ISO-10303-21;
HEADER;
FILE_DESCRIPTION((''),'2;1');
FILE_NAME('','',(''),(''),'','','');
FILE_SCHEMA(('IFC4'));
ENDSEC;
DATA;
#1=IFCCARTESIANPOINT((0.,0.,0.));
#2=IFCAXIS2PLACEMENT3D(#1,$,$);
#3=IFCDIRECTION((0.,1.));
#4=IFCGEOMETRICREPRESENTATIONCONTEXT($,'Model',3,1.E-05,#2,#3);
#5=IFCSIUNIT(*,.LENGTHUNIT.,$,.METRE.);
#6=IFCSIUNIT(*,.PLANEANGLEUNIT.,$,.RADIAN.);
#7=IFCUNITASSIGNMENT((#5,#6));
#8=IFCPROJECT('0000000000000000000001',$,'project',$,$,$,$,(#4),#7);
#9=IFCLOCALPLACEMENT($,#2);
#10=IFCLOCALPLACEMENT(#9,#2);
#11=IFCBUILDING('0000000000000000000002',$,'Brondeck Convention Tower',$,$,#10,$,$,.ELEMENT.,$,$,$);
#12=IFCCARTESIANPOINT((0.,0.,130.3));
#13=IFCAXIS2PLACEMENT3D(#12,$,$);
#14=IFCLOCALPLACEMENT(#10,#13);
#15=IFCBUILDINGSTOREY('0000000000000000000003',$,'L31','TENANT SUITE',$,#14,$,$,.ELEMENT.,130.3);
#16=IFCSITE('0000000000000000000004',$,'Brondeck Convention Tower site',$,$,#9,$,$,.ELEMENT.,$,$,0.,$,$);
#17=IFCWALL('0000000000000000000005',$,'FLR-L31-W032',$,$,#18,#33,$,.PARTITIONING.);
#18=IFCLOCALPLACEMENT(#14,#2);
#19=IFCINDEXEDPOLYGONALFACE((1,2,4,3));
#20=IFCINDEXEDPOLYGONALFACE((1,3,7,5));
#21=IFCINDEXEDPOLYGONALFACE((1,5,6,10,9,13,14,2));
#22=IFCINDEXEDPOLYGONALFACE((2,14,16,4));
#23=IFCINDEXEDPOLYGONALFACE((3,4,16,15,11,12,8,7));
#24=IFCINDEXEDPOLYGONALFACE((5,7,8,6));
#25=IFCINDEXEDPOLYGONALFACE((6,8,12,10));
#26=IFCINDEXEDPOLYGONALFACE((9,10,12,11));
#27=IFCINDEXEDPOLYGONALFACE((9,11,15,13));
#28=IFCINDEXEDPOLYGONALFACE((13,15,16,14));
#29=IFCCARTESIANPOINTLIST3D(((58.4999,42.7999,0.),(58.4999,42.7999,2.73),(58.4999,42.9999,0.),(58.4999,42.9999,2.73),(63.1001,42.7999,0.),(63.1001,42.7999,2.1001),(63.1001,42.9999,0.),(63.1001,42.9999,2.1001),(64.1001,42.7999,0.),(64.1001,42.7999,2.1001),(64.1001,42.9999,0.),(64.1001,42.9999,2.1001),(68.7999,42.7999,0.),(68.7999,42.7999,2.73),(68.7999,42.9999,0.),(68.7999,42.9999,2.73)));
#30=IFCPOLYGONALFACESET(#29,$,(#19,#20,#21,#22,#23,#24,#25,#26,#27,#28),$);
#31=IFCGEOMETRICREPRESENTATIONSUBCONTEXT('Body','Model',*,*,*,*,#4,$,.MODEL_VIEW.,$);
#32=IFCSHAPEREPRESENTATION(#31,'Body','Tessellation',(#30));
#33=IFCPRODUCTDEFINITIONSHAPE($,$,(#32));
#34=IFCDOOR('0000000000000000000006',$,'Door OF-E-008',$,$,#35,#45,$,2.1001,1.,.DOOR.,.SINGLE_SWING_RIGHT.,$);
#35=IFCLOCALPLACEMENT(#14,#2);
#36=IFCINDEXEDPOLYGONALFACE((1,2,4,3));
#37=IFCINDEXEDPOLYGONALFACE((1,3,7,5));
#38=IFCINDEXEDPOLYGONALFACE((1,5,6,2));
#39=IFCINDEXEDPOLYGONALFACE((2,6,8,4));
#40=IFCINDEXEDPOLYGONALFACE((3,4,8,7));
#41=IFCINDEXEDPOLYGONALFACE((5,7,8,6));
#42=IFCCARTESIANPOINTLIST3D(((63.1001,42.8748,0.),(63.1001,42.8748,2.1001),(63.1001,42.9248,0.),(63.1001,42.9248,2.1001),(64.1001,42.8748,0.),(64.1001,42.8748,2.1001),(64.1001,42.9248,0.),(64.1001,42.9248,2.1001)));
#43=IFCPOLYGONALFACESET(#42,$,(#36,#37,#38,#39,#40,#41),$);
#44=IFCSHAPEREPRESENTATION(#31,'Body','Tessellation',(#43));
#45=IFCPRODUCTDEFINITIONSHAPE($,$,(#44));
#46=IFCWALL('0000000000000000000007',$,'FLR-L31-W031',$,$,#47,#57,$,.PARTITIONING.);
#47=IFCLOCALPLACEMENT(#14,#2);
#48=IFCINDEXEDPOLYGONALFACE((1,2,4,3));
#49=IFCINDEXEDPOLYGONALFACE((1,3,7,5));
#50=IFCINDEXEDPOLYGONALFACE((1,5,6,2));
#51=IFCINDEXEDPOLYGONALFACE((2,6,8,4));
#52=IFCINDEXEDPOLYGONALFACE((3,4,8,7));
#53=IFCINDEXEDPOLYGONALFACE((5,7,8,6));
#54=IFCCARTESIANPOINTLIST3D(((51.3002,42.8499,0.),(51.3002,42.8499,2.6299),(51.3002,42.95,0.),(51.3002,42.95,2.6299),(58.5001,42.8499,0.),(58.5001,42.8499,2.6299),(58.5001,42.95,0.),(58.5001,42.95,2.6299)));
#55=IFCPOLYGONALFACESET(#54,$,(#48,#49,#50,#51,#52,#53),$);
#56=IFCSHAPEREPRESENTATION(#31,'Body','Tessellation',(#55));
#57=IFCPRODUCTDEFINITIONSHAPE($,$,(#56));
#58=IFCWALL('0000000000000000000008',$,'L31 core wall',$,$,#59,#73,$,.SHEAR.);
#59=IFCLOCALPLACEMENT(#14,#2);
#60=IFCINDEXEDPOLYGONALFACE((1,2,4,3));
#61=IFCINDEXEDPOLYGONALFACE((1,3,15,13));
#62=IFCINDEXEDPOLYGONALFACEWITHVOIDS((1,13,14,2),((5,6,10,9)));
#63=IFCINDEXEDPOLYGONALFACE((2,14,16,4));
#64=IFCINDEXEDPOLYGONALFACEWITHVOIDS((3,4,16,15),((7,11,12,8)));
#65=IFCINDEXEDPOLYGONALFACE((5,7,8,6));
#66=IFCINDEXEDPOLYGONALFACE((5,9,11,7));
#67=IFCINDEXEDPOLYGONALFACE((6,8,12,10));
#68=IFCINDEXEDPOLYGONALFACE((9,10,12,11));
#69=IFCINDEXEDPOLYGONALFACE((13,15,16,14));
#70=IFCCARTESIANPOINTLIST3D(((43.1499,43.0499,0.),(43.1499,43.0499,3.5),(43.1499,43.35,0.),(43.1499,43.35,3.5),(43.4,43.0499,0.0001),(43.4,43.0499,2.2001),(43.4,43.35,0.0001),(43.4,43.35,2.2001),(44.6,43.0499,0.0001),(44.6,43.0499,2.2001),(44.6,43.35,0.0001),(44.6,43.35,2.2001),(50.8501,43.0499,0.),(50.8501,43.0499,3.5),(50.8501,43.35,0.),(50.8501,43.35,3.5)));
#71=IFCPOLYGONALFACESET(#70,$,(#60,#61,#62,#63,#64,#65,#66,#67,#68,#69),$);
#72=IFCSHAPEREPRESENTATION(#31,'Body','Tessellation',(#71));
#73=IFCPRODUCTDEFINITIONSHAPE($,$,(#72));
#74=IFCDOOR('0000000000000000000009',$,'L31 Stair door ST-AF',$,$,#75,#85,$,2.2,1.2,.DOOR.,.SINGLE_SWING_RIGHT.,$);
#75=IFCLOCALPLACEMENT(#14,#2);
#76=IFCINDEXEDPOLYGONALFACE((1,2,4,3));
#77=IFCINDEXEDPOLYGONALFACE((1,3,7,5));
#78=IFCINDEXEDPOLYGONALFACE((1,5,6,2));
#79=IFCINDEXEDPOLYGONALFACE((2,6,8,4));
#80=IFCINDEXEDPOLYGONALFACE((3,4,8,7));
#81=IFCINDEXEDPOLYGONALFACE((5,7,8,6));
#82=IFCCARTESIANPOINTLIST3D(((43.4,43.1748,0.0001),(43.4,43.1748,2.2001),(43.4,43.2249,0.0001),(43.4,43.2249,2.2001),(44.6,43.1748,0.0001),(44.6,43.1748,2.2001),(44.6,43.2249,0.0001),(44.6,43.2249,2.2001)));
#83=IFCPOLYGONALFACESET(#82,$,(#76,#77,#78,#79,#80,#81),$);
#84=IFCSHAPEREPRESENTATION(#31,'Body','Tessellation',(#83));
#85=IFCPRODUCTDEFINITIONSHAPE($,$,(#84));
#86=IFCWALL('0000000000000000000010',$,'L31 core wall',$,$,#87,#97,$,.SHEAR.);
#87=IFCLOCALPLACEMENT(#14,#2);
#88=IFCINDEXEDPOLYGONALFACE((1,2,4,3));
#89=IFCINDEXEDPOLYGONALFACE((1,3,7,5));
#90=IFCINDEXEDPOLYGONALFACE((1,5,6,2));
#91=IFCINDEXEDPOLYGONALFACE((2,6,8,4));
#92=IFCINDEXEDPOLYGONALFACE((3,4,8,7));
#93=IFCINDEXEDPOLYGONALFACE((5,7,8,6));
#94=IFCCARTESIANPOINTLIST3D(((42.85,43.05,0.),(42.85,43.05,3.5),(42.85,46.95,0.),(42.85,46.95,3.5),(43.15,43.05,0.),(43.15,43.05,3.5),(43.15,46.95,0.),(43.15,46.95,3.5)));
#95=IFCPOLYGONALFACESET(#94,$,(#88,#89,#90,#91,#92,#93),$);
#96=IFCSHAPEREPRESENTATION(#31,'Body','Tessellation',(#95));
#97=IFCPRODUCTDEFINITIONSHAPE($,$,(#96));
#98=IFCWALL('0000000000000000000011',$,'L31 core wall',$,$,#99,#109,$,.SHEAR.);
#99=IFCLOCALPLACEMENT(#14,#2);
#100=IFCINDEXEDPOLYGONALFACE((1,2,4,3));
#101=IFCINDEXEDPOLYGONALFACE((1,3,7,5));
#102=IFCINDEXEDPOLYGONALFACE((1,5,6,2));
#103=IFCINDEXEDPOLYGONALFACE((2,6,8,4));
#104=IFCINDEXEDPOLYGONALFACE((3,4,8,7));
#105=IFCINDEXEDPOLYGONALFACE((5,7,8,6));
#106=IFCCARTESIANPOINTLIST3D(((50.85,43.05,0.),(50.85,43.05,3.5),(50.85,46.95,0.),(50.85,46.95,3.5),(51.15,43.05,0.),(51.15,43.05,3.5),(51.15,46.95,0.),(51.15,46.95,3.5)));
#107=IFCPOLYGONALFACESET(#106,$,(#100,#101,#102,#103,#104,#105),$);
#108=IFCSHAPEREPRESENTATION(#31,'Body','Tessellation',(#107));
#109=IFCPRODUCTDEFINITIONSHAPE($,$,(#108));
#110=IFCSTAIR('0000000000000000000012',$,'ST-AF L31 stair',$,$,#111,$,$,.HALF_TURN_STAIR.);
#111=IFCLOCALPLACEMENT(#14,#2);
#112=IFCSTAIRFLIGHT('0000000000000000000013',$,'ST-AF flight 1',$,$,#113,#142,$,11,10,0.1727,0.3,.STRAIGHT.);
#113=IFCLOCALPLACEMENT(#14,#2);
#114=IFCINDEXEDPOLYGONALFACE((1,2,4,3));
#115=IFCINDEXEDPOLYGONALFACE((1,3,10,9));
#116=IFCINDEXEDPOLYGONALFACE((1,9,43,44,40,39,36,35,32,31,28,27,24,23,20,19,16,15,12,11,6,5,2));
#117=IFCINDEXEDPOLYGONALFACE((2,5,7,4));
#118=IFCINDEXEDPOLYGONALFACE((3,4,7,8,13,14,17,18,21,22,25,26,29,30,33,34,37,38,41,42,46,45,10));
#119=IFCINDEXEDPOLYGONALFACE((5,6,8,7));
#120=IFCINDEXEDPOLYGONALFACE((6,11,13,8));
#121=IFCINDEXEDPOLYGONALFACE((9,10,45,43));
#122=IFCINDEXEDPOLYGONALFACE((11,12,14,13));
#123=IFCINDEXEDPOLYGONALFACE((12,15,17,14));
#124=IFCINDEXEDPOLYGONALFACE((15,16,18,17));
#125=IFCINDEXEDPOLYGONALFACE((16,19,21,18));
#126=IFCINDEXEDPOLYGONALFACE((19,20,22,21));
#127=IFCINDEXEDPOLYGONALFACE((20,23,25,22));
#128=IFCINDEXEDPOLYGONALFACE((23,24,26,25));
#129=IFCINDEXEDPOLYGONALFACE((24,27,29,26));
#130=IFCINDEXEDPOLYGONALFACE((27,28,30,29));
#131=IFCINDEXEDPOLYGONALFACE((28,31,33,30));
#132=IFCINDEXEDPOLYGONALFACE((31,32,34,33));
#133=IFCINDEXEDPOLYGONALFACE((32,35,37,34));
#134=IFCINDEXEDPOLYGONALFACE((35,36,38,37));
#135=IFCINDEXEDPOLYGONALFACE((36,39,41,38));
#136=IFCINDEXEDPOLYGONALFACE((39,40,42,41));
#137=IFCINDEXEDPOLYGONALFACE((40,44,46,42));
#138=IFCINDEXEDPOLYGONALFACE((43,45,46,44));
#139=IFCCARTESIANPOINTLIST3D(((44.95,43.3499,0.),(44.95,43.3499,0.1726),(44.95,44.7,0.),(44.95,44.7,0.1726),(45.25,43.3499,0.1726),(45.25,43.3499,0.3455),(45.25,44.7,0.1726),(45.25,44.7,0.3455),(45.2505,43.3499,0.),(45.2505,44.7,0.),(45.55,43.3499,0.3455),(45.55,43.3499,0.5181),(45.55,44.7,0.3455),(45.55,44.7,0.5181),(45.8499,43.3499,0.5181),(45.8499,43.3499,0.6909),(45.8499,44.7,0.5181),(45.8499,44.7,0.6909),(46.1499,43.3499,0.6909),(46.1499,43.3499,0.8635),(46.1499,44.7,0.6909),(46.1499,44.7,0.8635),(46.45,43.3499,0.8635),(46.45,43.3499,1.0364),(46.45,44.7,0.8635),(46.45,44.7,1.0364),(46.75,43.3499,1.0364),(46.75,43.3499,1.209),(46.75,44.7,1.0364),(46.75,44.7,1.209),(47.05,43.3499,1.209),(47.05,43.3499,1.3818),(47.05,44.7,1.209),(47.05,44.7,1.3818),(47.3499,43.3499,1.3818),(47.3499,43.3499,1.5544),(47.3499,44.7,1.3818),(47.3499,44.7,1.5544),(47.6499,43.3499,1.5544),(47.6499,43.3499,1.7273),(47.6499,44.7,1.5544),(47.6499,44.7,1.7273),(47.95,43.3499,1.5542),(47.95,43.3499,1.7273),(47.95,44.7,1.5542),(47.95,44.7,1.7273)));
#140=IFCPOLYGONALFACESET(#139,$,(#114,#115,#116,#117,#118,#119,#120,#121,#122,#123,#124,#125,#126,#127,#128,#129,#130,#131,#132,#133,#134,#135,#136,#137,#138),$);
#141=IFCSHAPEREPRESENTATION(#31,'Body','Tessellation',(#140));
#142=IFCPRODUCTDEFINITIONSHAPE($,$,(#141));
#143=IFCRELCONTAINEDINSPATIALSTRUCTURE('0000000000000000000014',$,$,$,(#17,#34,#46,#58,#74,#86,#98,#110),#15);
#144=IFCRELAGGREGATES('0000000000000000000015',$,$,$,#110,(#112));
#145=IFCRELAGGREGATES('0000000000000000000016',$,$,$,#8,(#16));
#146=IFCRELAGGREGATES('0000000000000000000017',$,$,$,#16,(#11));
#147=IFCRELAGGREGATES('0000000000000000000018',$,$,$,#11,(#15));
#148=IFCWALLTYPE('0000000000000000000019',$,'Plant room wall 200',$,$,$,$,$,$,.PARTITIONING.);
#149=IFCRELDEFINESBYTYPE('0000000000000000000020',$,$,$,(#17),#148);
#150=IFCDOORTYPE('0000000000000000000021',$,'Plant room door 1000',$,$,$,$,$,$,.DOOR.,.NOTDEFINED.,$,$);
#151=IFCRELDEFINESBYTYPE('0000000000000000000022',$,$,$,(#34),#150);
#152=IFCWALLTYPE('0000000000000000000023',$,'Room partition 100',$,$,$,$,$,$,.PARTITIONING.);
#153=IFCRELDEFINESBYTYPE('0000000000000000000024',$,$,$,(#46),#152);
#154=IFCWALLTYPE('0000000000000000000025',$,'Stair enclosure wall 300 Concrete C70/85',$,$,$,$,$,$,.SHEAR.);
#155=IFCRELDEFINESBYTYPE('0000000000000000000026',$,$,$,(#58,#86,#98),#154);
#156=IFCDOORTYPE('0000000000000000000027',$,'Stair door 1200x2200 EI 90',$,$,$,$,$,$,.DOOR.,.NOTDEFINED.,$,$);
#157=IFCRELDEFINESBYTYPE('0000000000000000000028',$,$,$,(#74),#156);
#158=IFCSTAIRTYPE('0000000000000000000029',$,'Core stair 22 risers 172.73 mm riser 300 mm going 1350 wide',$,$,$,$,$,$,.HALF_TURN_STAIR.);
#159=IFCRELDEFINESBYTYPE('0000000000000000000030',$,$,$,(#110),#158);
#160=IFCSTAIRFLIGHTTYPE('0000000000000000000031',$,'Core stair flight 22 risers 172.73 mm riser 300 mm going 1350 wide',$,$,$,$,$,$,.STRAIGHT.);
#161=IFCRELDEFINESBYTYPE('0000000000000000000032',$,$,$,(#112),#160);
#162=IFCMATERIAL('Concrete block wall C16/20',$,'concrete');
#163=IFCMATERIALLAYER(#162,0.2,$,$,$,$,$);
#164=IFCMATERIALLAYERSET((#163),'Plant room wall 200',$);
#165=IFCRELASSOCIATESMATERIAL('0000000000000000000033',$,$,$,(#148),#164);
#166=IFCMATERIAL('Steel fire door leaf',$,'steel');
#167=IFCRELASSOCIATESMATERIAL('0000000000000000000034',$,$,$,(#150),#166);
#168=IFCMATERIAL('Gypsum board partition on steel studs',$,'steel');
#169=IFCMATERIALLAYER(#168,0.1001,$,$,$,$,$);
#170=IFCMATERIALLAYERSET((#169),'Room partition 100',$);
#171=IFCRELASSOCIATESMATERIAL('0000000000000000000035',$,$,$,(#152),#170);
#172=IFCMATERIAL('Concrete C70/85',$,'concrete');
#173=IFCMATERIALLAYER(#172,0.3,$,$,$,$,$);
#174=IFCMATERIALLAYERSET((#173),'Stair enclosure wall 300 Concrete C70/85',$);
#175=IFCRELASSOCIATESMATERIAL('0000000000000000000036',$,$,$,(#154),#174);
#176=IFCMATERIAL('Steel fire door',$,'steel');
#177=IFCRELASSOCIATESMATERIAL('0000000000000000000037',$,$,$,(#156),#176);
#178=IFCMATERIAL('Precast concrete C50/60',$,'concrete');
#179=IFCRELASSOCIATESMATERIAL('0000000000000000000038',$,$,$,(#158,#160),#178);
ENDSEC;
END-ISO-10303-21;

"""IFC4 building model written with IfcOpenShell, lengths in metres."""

from ifc_helpers import new_model, si_unit, direction, frame, frame_2d, origin, place, context, subcontext, project, spatial, polyline, rectangle, outline, extrude, material, layer, layer_set, type_object, element, fill, aggregate, save


model = new_model("IFC4")

# Units and contexts
model_context = context("Model", 3, precision=1e-05, world=origin(), true_north=direction((0.0, 1.0)))
body_context = subcontext(model_context, "Body", "Model", "MODEL_VIEW")
ifc_project = project(units=[si_unit("LENGTHUNIT", "METRE"), si_unit("PLANEANGLEUNIT", "RADIAN")], contexts=[model_context])

# Site, building, storey
site_placement = place(None, origin())
site = spatial("IfcSite", under=ifc_project, at=site_placement, Name="Brondeck Convention Tower site", CompositionType="ELEMENT", RefElevation=0.0)
building_placement = place(site_placement, origin())
building = spatial("IfcBuilding", under=site, at=building_placement, Name="Brondeck Convention Tower", CompositionType="ELEMENT")
storey_placement = place(building_placement, frame((0.0, 0.0, 130.3)))
storey = spatial("IfcBuildingStorey", under=building, at=storey_placement, Name="L31", Description="TENANT SUITE", CompositionType="ELEMENT", Elevation=130.3)

# Shared definitions
ifc_material_1 = material(Name="Concrete C70/85", Category="concrete")

# Wall, opening, door
ifc_material_2 = material(Name="Concrete block wall C16/20", Category="concrete")
ifc_layer_1 = layer(ifc_material_2, 0.2)
ifc_layer_set_1 = layer_set([ifc_layer_1], Name="Plant room wall 200")
wall_type_1 = type_object("IfcWallType", Name="Plant room wall 200", PredefinedType="PARTITIONING", material=ifc_layer_set_1)
wall_1_placement = place(storey_placement, frame((58.5, 42.8999, 0.0), z_axis=(0.0, 0.0, 1.0), x_axis=(1.0, 0.0, 0.0)))
wall_1 = element("IfcWall", 1, at=wall_1_placement, inside=storey, type_object=wall_type_1, Name="FLR-L31-W032", PredefinedType="PARTITIONING", context=body_context, shape_type="SweptSolid", body=[
    extrude(rectangle(XDim=10.3, YDim=0.2, at=frame_2d((5.1499, 0.0))), origin(), (0.0, 0.0, 1.0), 2.73),
])
opening_1_placement = place(wall_1_placement, frame((4.6001, 0.0, 0.0)))
opening_1 = element("IfcOpeningElement", 2, at=opening_1_placement, cuts=wall_1, PredefinedType="OPENING", context=body_context, shape_type="SweptSolid", body=[
    extrude(rectangle(XDim=1.0, YDim=2.1001, at=frame_2d((0.5, 1.05))), frame((0.0, 0.1099, 0.0), z_axis=(0.0, -1.0, 0.0), x_axis=(1.0, 0.0, 0.0)), (0.0, 0.0, 1.0), 0.22),
])
ifc_material_3 = material(Name="Steel fire door leaf", Category="steel")
door_type_1 = type_object("IfcDoorType", Name="Plant room door 1000", OperationType="NOTDEFINED", PredefinedType="DOOR", material=ifc_material_3)
door_1_placement = place(opening_1_placement, origin())
door_1 = element("IfcDoor", 3, at=door_1_placement, inside=storey, type_object=door_type_1, Name="Door OF-E-008", OperationType="SINGLE_SWING_RIGHT", OverallHeight=2.1001, OverallWidth=1.0, PredefinedType="DOOR", context=body_context, shape_type="SweptSolid", body=[
    extrude(rectangle(XDim=1.0, YDim=2.1001, at=frame_2d((0.5, 1.05))), frame((0.0, 0.0249, 0.0), z_axis=(0.0, -1.0, 0.0), x_axis=(1.0, 0.0, 0.0)), (0.0, 0.0, 1.0), 0.05),
])
fill(opening_1, door_1)

# Wall
ifc_material_4 = material(Name="Gypsum board partition on steel studs", Category="steel")
ifc_layer_2 = layer(ifc_material_4, 0.1001)
ifc_layer_set_2 = layer_set([ifc_layer_2], Name="Room partition 100")
wall_type_2 = type_object("IfcWallType", Name="Room partition 100", PredefinedType="PARTITIONING", material=ifc_layer_set_2)
wall_2_placement = place(storey_placement, frame((51.3, 42.8999, 0.0), z_axis=(0.0, 0.0, 1.0), x_axis=(1.0, 0.0, 0.0)))
element("IfcWall", 4, at=wall_2_placement, inside=storey, type_object=wall_type_2, Name="FLR-L31-W031", PredefinedType="PARTITIONING", context=body_context, shape_type="SweptSolid", body=[
    extrude(rectangle(XDim=7.2, YDim=0.1001, at=frame_2d((3.6001, 0.0))), origin(), (0.0, 0.0, 1.0), 2.6299),
])

# Wall, opening, door
ifc_layer_3 = layer(ifc_material_1, 0.3)
ifc_layer_set_3 = layer_set([ifc_layer_3], Name="Stair enclosure wall 300 Concrete C70/85")
wall_type_3 = type_object("IfcWallType", Name="Stair enclosure wall 300 Concrete C70/85", PredefinedType="SHEAR", material=ifc_layer_set_3)
wall_3_placement = place(storey_placement, frame((43.1499, 43.2, 0.0), z_axis=(0.0, 0.0, 1.0), x_axis=(1.0, 0.0, 0.0)))
wall_3 = element("IfcWall", 5, at=wall_3_placement, inside=storey, type_object=wall_type_3, Name="L31 core wall", PredefinedType="SHEAR", context=body_context, shape_type="SweptSolid", body=[
    extrude(rectangle(XDim=7.7002, YDim=0.3, at=frame_2d((3.8501, 0.0))), origin(), (0.0, 0.0, 1.0), 3.5),
])
opening_2_placement = place(wall_3_placement, frame((0.25, 0.0, 0.0)))
opening_2 = element("IfcOpeningElement", 6, at=opening_2_placement, cuts=wall_3, PredefinedType="OPENING", context=body_context, shape_type="SweptSolid", body=[
    extrude(rectangle(XDim=1.2, YDim=2.2, at=frame_2d((0.6001, 1.1001))), frame((0.0, 0.1599, 0.0), z_axis=(0.0, -1.0, 0.0), x_axis=(1.0, 0.0, 0.0)), (0.0, 0.0, 1.0), 0.3201),
])
ifc_material_5 = material(Name="Steel fire door", Category="steel")
door_type_2 = type_object("IfcDoorType", Name="Stair door 1200x2200 EI 90", OperationType="NOTDEFINED", PredefinedType="DOOR", material=ifc_material_5)
door_2_placement = place(opening_2_placement, origin())
door_2 = element("IfcDoor", 7, at=door_2_placement, inside=storey, type_object=door_type_2, Name="L31 Stair door ST-AF", OperationType="SINGLE_SWING_RIGHT", OverallHeight=2.2, OverallWidth=1.2, PredefinedType="DOOR", context=body_context, shape_type="SweptSolid", body=[
    extrude(rectangle(XDim=1.2, YDim=2.2, at=frame_2d((0.6001, 1.1001))), frame((0.0, 0.0249, 0.0), z_axis=(0.0, -1.0, 0.0), x_axis=(1.0, 0.0, 0.0)), (0.0, 0.0, 1.0), 0.05),
])
fill(opening_2, door_2)

# Walls
for number, where, z_axis, x_axis, name in (
    (8, (43.0, 43.05, 0.0), (0.0, 0.0, 1.0), (0.0, 1.0, 0.0), "L31 core wall"),
    (9, (51.0, 43.05, 0.0), (0.0, 0.0, 1.0), (0.0, 1.0, 0.0), "L31 core wall"),
):
    element("IfcWall", number, at=place(storey_placement, frame(where, z_axis=z_axis, x_axis=x_axis)), inside=storey, type_object=wall_type_3, Name=name, PredefinedType="SHEAR", context=body_context, shape_type="SweptSolid", body=[
        extrude(rectangle(XDim=3.8999, YDim=0.3, at=frame_2d((1.95, 0.0))), origin(), (0.0, 0.0, 1.0), 3.5),
    ])

# Stair, stair flight
ifc_material_6 = material(Name="Precast concrete C50/60", Category="concrete")
stair_type = type_object("IfcStairType", Name="Core stair 22 risers 172.73 mm riser 300 mm going 1350 wide", PredefinedType="HALF_TURN_STAIR", material=ifc_material_6)
stair_placement = place(storey_placement, origin())
stair = element("IfcStair", 10, at=stair_placement, inside=storey, type_object=stair_type, Name="ST-AF L31 stair", PredefinedType="HALF_TURN_STAIR")
stair_flight_type = type_object("IfcStairFlightType", Name="Core stair flight 22 risers 172.73 mm riser 300 mm going 1350 wide", PredefinedType="STRAIGHT", material=ifc_material_6)
stair_flight_placement = place(storey_placement, frame((44.95, 44.0249, 0.0), z_axis=(0.0, 0.0, 1.0), x_axis=(1.0, 0.0, 0.0)))
stair_flight = element("IfcStairFlight", 11, at=stair_flight_placement, type_object=stair_flight_type, Name="ST-AF flight 1", NumberOfRisers=11, NumberOfTreads=10, PredefinedType="STRAIGHT", RiserHeight=0.1727, TreadLength=0.3, context=body_context, shape_type="SweptSolid", body=[
    extrude(outline(polyline([(0.0, 0.0), (0.0, 0.1726), (0.3, 0.1726), (0.3, 0.3455), (0.6001, 0.3455), (0.6001, 0.5181), (0.8999, 0.5181), (0.8999, 0.6909), (1.2, 0.6909), (1.2, 0.8635), (1.5, 0.8635), (1.5, 1.0364), (1.8, 1.0364), (1.8, 1.209), (2.1001, 1.209), (2.1001, 1.3818), (2.3999, 1.3818), (2.3999, 1.5544), (2.7, 1.5544), (2.7, 1.7273), (3.0, 1.7273), (3.0, 1.8999), (3.0, 1.5542), (0.3005, 0.0), (0.0, 0.0)])), frame((0.0, 0.675, 0.0), z_axis=(0.0, -1.0, 0.0), x_axis=(1.0, 0.0, 0.0)), (0.0, 0.0, 1.0), 1.3501),
])
aggregate(stair, [stair_flight])

save(model, "model.ifc")
